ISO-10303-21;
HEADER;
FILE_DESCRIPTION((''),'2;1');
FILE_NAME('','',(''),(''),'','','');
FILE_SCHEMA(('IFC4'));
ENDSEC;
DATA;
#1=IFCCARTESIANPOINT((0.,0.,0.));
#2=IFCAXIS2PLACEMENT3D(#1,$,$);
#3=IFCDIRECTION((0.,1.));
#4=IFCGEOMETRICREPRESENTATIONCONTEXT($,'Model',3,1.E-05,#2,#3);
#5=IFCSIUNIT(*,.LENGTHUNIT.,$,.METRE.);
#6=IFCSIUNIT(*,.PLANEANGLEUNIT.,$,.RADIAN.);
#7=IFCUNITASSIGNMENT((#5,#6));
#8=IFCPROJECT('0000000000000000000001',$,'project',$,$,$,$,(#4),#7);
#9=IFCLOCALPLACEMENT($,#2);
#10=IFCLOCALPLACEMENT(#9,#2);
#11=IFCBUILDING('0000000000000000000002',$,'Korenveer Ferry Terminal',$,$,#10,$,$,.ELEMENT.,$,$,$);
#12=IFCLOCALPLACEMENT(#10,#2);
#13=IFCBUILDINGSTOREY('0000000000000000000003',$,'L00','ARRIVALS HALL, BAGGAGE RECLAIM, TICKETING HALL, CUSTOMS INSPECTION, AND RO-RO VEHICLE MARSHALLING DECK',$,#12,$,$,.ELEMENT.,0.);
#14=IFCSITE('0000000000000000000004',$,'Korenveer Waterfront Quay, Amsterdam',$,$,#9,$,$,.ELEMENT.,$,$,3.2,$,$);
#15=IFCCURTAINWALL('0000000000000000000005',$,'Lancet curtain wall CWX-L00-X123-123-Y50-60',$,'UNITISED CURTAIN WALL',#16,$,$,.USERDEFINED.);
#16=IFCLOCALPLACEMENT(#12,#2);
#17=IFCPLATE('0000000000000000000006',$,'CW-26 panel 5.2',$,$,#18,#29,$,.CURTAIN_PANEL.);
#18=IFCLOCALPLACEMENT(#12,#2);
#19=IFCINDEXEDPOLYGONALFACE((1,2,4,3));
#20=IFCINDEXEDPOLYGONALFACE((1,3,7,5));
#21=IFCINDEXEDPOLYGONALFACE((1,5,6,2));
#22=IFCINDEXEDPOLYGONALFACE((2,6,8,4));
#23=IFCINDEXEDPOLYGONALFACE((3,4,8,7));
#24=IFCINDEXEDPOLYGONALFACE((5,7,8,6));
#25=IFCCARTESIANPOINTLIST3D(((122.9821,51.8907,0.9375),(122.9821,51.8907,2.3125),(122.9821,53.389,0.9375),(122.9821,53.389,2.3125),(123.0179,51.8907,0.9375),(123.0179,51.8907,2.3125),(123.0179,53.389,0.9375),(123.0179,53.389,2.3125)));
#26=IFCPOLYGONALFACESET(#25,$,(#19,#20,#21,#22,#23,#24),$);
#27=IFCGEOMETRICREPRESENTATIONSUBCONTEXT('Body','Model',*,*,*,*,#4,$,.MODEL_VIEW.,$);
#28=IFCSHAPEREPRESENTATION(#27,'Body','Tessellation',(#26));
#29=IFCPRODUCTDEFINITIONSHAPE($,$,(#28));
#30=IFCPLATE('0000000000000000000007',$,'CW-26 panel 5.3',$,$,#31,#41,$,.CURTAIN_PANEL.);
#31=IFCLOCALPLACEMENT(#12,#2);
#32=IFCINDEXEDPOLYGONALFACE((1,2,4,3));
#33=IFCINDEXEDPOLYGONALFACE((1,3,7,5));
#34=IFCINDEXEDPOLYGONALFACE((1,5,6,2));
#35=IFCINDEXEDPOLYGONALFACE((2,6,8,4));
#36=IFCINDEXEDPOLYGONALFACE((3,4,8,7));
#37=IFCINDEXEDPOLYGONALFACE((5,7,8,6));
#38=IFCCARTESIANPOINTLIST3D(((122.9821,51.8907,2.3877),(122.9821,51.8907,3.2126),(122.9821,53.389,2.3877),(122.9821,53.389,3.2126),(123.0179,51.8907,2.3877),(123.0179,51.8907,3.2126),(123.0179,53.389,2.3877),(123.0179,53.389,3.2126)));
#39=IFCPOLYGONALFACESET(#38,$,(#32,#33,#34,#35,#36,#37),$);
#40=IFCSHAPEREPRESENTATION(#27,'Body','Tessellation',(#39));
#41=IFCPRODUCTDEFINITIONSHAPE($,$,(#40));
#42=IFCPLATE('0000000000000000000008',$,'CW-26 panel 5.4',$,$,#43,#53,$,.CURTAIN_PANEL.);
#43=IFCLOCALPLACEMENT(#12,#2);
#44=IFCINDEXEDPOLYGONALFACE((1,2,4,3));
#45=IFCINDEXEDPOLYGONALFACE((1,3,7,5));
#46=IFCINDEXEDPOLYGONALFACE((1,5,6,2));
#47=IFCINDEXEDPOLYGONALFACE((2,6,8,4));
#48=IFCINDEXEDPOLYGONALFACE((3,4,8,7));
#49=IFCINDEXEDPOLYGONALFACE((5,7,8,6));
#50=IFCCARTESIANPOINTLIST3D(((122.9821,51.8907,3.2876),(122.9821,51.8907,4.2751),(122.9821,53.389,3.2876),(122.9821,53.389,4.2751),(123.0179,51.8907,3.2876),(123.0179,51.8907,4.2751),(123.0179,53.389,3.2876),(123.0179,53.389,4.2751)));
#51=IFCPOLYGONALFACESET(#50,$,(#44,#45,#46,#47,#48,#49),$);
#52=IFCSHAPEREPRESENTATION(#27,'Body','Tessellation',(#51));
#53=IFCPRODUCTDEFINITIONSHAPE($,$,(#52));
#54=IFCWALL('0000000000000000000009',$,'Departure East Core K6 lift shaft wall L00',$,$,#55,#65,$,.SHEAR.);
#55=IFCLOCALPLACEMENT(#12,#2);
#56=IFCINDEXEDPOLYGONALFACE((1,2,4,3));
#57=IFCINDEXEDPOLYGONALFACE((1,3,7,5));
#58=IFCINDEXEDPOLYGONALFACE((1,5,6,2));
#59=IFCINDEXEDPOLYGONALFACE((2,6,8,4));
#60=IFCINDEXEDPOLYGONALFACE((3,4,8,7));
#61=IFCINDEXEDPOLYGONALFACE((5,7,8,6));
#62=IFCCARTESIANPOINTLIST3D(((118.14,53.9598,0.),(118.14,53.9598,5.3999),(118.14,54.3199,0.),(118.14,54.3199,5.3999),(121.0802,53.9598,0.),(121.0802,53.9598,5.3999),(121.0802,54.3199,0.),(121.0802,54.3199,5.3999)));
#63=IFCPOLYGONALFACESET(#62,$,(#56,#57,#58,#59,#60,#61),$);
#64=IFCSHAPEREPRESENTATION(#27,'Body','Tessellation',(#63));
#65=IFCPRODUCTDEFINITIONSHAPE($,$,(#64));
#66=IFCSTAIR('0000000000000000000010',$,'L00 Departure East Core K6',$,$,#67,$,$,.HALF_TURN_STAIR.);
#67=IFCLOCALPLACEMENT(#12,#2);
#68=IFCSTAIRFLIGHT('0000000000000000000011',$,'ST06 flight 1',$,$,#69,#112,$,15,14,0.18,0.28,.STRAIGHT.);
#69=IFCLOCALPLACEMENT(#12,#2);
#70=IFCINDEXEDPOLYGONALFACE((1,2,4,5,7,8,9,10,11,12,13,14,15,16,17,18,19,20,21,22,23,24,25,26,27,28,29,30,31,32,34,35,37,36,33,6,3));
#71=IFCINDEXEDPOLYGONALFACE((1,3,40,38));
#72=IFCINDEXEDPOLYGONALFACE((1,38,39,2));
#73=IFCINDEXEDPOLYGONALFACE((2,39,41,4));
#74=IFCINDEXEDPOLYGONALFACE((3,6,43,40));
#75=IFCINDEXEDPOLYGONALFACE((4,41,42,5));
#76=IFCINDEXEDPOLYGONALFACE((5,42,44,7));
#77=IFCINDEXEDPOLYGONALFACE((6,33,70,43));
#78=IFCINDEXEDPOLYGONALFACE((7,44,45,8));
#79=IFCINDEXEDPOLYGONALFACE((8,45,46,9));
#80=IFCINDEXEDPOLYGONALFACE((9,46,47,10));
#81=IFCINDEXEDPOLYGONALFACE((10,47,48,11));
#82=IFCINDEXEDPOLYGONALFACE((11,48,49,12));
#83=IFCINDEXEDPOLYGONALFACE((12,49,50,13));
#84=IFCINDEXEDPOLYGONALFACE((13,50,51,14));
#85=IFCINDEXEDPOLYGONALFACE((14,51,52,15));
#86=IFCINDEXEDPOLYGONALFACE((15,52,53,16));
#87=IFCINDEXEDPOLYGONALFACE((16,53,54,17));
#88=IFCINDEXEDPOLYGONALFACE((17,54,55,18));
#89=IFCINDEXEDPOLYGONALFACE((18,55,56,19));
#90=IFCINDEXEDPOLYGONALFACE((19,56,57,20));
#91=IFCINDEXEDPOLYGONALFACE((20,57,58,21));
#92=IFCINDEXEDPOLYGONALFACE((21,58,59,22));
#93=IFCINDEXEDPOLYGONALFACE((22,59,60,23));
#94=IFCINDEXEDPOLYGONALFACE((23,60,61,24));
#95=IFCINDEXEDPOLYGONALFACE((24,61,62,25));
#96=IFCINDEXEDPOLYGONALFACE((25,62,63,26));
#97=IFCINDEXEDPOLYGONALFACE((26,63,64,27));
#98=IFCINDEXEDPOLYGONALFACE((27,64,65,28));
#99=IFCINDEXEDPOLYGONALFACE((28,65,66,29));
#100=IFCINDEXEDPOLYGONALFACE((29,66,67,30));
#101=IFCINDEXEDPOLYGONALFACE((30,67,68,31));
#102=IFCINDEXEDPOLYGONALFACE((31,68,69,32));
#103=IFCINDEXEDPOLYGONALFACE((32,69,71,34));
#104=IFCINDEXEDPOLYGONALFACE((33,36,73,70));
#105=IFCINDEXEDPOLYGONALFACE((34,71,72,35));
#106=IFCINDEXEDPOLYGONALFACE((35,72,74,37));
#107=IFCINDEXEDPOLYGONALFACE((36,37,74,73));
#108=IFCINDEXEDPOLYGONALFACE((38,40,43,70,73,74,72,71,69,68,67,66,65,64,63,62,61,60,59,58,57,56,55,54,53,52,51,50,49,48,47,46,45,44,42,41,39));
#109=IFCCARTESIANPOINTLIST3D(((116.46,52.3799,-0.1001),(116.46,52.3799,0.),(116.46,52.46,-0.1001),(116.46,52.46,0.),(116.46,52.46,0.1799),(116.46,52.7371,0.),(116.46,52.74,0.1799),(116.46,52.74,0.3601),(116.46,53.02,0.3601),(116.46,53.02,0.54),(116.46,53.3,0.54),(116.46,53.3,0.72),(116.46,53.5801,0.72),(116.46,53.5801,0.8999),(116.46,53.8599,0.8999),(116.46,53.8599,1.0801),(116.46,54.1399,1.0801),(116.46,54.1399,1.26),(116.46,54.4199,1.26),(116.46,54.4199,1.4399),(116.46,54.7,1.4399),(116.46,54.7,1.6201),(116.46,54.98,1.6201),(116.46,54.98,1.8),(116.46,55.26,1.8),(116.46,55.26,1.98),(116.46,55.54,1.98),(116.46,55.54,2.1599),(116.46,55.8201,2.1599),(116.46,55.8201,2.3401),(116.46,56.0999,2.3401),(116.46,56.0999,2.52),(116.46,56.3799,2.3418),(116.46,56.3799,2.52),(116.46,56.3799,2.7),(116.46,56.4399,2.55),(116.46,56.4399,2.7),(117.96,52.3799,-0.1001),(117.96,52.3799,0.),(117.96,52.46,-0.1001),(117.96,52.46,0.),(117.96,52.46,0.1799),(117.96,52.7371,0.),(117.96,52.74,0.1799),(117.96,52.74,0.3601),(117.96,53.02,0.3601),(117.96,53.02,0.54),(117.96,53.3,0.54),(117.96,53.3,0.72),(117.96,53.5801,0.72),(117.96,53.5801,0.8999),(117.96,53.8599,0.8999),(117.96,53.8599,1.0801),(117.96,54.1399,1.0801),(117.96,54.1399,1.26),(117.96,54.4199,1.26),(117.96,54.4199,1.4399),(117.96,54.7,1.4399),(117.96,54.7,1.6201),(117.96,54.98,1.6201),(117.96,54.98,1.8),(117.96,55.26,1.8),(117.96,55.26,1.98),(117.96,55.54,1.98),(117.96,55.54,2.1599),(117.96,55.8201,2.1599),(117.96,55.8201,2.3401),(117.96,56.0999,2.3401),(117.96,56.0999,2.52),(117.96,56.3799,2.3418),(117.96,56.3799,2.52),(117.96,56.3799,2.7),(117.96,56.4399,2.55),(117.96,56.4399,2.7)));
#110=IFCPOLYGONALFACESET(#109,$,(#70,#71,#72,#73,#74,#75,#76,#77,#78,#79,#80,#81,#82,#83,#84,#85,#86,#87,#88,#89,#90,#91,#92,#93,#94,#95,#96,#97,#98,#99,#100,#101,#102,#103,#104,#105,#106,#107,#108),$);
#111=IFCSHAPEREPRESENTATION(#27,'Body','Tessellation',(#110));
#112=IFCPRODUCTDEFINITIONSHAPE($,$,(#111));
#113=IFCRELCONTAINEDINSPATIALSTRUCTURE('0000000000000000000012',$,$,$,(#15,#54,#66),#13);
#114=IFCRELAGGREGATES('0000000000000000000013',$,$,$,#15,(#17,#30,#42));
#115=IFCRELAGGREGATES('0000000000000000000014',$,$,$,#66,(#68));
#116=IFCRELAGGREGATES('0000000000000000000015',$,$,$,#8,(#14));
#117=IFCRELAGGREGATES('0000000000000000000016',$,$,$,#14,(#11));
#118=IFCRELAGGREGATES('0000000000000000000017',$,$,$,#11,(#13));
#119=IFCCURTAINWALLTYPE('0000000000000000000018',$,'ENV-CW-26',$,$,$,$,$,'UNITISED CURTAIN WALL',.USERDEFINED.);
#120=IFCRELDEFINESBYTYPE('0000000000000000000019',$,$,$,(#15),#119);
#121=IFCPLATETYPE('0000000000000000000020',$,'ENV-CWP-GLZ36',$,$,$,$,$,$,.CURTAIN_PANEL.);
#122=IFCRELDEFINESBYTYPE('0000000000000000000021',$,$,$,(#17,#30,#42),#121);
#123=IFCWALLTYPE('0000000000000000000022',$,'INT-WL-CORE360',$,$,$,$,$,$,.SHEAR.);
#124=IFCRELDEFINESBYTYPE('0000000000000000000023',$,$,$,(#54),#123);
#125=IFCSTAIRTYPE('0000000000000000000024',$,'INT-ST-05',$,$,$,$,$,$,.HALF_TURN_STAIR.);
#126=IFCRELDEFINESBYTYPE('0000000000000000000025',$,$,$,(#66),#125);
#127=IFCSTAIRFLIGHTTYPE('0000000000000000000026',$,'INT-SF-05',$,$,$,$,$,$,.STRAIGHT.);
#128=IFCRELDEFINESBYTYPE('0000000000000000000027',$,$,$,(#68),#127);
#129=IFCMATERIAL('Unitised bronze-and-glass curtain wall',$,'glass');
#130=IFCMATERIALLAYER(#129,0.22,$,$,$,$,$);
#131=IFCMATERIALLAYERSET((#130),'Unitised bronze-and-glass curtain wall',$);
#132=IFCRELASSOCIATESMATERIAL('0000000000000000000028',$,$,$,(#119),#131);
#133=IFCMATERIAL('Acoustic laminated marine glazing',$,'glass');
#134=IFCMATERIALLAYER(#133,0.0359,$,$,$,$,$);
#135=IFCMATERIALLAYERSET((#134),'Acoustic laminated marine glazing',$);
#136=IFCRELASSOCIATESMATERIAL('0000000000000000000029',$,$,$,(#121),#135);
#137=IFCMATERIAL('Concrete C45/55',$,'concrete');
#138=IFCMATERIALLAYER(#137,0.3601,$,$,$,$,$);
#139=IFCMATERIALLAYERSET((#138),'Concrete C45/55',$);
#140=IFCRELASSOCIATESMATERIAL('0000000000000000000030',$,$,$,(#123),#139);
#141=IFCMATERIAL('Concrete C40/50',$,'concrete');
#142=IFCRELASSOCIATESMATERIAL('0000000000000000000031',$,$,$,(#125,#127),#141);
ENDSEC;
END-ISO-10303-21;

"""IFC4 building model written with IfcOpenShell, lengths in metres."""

from ifc_helpers import new_model, si_unit, direction, frame, frame_2d, origin, origin_2d, place, context, subcontext, project, spatial, polyline, rectangle, outline, extrude, material, layer, layer_set, type_object, element, aggregate, save


model = new_model("IFC4")

# Units and contexts
model_context = context("Model", 3, precision=1e-05, world=origin(), true_north=direction((0.0, 1.0)))
body_context = subcontext(model_context, "Body", "Model", "MODEL_VIEW")
ifc_project = project(units=[si_unit("LENGTHUNIT", "METRE"), si_unit("PLANEANGLEUNIT", "RADIAN")], contexts=[model_context])

# Site, building, storey
site_placement = place(None, origin())
site = spatial("IfcSite", under=ifc_project, at=site_placement, Name="Korenveer Waterfront Quay, Amsterdam", CompositionType="ELEMENT", RefElevation=3.2)
building_placement = place(site_placement, origin())
building = spatial("IfcBuilding", under=site, at=building_placement, Name="Korenveer Ferry Terminal", CompositionType="ELEMENT")
storey_placement = place(building_placement, origin())
storey = spatial("IfcBuildingStorey", under=building, at=storey_placement, Name="L00", Description="ARRIVALS HALL, BAGGAGE RECLAIM, TICKETING HALL, CUSTOMS INSPECTION, AND RO-RO VEHICLE MARSHALLING DECK", CompositionType="ELEMENT", Elevation=0.0)

# Shared definitions
ifc_material_1 = material(Name="Concrete C40/50", Category="concrete")

# Curtain wall, plates
ifc_material_2 = material(Name="Unitised bronze-and-glass curtain wall", Category="glass")
ifc_layer_1 = layer(ifc_material_2, 0.22)
ifc_layer_set_1 = layer_set([ifc_layer_1], Name="Unitised bronze-and-glass curtain wall")
curtain_wall_type = type_object("IfcCurtainWallType", Name="ENV-CW-26", ElementType="UNITISED CURTAIN WALL", PredefinedType="USERDEFINED", material=ifc_layer_set_1)
curtain_wall_placement = place(storey_placement, frame((123.0, 59.72, 0.0)))
curtain_wall = element("IfcCurtainWall", 1, at=curtain_wall_placement, inside=storey, type_object=curtain_wall_type, Name="Lancet curtain wall CWX-L00-X123-123-Y50-60", ObjectType="UNITISED CURTAIN WALL", PredefinedType="USERDEFINED")
ifc_material_3 = material(Name="Acoustic laminated marine glazing", Category="glass")
ifc_layer_2 = layer(ifc_material_3, 0.0359)
ifc_layer_set_2 = layer_set([ifc_layer_2], Name="Acoustic laminated marine glazing")
plate_type = type_object("IfcPlateType", Name="ENV-CWP-GLZ36", PredefinedType="CURTAIN_PANEL", material=ifc_layer_set_2)
plate_1_placement = place(storey_placement, frame((123.0, 52.6399, 0.9375), z_axis=(0.0, 0.0, 1.0), x_axis=(0.0, -1.0, 0.0)))
plate_1 = element("IfcPlate", 2, at=plate_1_placement, type_object=plate_type, Name="CW-26 panel 5.2", PredefinedType="CURTAIN_PANEL", context=body_context, shape_type="SweptSolid", body=[
    extrude(rectangle(XDim=1.4983, YDim=0.0359, at=origin_2d()), origin(), (0.0, 0.0, 1.0), 1.375),
])
plate_2_placement = place(storey_placement, frame((123.0, 52.6399, 2.3877), z_axis=(0.0, 0.0, 1.0), x_axis=(0.0, -1.0, 0.0)))
plate_2 = element("IfcPlate", 3, at=plate_2_placement, type_object=plate_type, Name="CW-26 panel 5.3", PredefinedType="CURTAIN_PANEL", context=body_context, shape_type="SweptSolid", body=[
    extrude(rectangle(XDim=1.4983, YDim=0.0359, at=origin_2d()), origin(), (0.0, 0.0, 1.0), 0.825),
])
plate_3_placement = place(storey_placement, frame((123.0, 52.6399, 3.2876), z_axis=(0.0, 0.0, 1.0), x_axis=(0.0, -1.0, 0.0)))
plate_3 = element("IfcPlate", 4, at=plate_3_placement, type_object=plate_type, Name="CW-26 panel 5.4", PredefinedType="CURTAIN_PANEL", context=body_context, shape_type="SweptSolid", body=[
    extrude(rectangle(XDim=1.4983, YDim=0.0359, at=origin_2d()), origin(), (0.0, 0.0, 1.0), 0.9875),
])
aggregate(curtain_wall, [plate_1, plate_2, plate_3])

# Wall
ifc_material_4 = material(Name="Concrete C45/55", Category="concrete")
ifc_layer_3 = layer(ifc_material_4, 0.3601)
ifc_layer_set_3 = layer_set([ifc_layer_3], Name="Concrete C45/55")
wall_type = type_object("IfcWallType", Name="INT-WL-CORE360", PredefinedType="SHEAR", material=ifc_layer_set_3)
wall_placement = place(storey_placement, frame((118.1399, 54.1399, 0.0), z_axis=(0.0, 0.0, 1.0), x_axis=(1.0, 0.0, 0.0)))
element("IfcWall", 5, at=wall_placement, inside=storey, type_object=wall_type, Name="Departure East Core K6 lift shaft wall L00", PredefinedType="SHEAR", context=body_context, shape_type="SweptSolid", body=[
    extrude(rectangle(XDim=2.9402, YDim=0.3601, at=frame_2d((1.4702, 0.0))), origin(), (0.0, 0.0, 1.0), 5.3999),
])

# Stair, stair flight
stair_type = type_object("IfcStairType", Name="INT-ST-05", PredefinedType="HALF_TURN_STAIR", material=ifc_material_1)
stair_placement = place(storey_placement, frame((117.21, 52.46, 0.0)))
stair = element("IfcStair", 6, at=stair_placement, inside=storey, type_object=stair_type, Name="L00 Departure East Core K6", PredefinedType="HALF_TURN_STAIR")
stair_flight_type = type_object("IfcStairFlightType", Name="INT-SF-05", PredefinedType="STRAIGHT", material=ifc_material_1)
stair_flight_placement = place(storey_placement, frame((117.21, 52.46, 0.0), z_axis=(0.0, 0.0, 1.0), x_axis=(0.0, 1.0, 0.0)))
stair_flight = element("IfcStairFlight", 7, at=stair_flight_placement, type_object=stair_flight_type, Name="ST06 flight 1", NumberOfRisers=15, NumberOfTreads=14, PredefinedType="STRAIGHT", RiserHeight=0.18, TreadLength=0.28, context=body_context, shape_type="SweptSolid", body=[
    extrude(outline(polyline([(-0.0801, 0.0), (0.0, 0.0), (0.0, 0.1799), (0.28, 0.1799), (0.28, 0.3601), (0.5601, 0.3601), (0.5601, 0.54), (0.8401, 0.54), (0.8401, 0.72), (1.1201, 0.72), (1.1201, 0.8999), (1.3999, 0.8999), (1.3999, 1.0801), (1.6799, 1.0801), (1.6799, 1.26), (1.96, 1.26), (1.96, 1.4399), (2.24, 1.4399), (2.24, 1.6201), (2.52, 1.6201), (2.52, 1.8), (2.8, 1.8), (2.8, 1.98), (3.0801, 1.98), (3.0801, 2.1599), (3.3601, 2.1599), (3.3601, 2.3401), (3.6399, 2.3401), (3.6399, 2.52), (3.9199, 2.52), (3.9199, 2.7), (3.98, 2.7), (3.98, 2.55), (3.9199, 2.3418), (0.2771, 0.0), (0.0, -0.1001), (-0.0801, -0.1001), (-0.0801, 0.0)])), frame((0.0, 0.75, 0.0), z_axis=(0.0, -1.0, 0.0), x_axis=(1.0, 0.0, 0.0)), (0.0, 0.0, 1.0), 1.5),
])
aggregate(stair, [stair_flight])

save(model, "model.ifc")
